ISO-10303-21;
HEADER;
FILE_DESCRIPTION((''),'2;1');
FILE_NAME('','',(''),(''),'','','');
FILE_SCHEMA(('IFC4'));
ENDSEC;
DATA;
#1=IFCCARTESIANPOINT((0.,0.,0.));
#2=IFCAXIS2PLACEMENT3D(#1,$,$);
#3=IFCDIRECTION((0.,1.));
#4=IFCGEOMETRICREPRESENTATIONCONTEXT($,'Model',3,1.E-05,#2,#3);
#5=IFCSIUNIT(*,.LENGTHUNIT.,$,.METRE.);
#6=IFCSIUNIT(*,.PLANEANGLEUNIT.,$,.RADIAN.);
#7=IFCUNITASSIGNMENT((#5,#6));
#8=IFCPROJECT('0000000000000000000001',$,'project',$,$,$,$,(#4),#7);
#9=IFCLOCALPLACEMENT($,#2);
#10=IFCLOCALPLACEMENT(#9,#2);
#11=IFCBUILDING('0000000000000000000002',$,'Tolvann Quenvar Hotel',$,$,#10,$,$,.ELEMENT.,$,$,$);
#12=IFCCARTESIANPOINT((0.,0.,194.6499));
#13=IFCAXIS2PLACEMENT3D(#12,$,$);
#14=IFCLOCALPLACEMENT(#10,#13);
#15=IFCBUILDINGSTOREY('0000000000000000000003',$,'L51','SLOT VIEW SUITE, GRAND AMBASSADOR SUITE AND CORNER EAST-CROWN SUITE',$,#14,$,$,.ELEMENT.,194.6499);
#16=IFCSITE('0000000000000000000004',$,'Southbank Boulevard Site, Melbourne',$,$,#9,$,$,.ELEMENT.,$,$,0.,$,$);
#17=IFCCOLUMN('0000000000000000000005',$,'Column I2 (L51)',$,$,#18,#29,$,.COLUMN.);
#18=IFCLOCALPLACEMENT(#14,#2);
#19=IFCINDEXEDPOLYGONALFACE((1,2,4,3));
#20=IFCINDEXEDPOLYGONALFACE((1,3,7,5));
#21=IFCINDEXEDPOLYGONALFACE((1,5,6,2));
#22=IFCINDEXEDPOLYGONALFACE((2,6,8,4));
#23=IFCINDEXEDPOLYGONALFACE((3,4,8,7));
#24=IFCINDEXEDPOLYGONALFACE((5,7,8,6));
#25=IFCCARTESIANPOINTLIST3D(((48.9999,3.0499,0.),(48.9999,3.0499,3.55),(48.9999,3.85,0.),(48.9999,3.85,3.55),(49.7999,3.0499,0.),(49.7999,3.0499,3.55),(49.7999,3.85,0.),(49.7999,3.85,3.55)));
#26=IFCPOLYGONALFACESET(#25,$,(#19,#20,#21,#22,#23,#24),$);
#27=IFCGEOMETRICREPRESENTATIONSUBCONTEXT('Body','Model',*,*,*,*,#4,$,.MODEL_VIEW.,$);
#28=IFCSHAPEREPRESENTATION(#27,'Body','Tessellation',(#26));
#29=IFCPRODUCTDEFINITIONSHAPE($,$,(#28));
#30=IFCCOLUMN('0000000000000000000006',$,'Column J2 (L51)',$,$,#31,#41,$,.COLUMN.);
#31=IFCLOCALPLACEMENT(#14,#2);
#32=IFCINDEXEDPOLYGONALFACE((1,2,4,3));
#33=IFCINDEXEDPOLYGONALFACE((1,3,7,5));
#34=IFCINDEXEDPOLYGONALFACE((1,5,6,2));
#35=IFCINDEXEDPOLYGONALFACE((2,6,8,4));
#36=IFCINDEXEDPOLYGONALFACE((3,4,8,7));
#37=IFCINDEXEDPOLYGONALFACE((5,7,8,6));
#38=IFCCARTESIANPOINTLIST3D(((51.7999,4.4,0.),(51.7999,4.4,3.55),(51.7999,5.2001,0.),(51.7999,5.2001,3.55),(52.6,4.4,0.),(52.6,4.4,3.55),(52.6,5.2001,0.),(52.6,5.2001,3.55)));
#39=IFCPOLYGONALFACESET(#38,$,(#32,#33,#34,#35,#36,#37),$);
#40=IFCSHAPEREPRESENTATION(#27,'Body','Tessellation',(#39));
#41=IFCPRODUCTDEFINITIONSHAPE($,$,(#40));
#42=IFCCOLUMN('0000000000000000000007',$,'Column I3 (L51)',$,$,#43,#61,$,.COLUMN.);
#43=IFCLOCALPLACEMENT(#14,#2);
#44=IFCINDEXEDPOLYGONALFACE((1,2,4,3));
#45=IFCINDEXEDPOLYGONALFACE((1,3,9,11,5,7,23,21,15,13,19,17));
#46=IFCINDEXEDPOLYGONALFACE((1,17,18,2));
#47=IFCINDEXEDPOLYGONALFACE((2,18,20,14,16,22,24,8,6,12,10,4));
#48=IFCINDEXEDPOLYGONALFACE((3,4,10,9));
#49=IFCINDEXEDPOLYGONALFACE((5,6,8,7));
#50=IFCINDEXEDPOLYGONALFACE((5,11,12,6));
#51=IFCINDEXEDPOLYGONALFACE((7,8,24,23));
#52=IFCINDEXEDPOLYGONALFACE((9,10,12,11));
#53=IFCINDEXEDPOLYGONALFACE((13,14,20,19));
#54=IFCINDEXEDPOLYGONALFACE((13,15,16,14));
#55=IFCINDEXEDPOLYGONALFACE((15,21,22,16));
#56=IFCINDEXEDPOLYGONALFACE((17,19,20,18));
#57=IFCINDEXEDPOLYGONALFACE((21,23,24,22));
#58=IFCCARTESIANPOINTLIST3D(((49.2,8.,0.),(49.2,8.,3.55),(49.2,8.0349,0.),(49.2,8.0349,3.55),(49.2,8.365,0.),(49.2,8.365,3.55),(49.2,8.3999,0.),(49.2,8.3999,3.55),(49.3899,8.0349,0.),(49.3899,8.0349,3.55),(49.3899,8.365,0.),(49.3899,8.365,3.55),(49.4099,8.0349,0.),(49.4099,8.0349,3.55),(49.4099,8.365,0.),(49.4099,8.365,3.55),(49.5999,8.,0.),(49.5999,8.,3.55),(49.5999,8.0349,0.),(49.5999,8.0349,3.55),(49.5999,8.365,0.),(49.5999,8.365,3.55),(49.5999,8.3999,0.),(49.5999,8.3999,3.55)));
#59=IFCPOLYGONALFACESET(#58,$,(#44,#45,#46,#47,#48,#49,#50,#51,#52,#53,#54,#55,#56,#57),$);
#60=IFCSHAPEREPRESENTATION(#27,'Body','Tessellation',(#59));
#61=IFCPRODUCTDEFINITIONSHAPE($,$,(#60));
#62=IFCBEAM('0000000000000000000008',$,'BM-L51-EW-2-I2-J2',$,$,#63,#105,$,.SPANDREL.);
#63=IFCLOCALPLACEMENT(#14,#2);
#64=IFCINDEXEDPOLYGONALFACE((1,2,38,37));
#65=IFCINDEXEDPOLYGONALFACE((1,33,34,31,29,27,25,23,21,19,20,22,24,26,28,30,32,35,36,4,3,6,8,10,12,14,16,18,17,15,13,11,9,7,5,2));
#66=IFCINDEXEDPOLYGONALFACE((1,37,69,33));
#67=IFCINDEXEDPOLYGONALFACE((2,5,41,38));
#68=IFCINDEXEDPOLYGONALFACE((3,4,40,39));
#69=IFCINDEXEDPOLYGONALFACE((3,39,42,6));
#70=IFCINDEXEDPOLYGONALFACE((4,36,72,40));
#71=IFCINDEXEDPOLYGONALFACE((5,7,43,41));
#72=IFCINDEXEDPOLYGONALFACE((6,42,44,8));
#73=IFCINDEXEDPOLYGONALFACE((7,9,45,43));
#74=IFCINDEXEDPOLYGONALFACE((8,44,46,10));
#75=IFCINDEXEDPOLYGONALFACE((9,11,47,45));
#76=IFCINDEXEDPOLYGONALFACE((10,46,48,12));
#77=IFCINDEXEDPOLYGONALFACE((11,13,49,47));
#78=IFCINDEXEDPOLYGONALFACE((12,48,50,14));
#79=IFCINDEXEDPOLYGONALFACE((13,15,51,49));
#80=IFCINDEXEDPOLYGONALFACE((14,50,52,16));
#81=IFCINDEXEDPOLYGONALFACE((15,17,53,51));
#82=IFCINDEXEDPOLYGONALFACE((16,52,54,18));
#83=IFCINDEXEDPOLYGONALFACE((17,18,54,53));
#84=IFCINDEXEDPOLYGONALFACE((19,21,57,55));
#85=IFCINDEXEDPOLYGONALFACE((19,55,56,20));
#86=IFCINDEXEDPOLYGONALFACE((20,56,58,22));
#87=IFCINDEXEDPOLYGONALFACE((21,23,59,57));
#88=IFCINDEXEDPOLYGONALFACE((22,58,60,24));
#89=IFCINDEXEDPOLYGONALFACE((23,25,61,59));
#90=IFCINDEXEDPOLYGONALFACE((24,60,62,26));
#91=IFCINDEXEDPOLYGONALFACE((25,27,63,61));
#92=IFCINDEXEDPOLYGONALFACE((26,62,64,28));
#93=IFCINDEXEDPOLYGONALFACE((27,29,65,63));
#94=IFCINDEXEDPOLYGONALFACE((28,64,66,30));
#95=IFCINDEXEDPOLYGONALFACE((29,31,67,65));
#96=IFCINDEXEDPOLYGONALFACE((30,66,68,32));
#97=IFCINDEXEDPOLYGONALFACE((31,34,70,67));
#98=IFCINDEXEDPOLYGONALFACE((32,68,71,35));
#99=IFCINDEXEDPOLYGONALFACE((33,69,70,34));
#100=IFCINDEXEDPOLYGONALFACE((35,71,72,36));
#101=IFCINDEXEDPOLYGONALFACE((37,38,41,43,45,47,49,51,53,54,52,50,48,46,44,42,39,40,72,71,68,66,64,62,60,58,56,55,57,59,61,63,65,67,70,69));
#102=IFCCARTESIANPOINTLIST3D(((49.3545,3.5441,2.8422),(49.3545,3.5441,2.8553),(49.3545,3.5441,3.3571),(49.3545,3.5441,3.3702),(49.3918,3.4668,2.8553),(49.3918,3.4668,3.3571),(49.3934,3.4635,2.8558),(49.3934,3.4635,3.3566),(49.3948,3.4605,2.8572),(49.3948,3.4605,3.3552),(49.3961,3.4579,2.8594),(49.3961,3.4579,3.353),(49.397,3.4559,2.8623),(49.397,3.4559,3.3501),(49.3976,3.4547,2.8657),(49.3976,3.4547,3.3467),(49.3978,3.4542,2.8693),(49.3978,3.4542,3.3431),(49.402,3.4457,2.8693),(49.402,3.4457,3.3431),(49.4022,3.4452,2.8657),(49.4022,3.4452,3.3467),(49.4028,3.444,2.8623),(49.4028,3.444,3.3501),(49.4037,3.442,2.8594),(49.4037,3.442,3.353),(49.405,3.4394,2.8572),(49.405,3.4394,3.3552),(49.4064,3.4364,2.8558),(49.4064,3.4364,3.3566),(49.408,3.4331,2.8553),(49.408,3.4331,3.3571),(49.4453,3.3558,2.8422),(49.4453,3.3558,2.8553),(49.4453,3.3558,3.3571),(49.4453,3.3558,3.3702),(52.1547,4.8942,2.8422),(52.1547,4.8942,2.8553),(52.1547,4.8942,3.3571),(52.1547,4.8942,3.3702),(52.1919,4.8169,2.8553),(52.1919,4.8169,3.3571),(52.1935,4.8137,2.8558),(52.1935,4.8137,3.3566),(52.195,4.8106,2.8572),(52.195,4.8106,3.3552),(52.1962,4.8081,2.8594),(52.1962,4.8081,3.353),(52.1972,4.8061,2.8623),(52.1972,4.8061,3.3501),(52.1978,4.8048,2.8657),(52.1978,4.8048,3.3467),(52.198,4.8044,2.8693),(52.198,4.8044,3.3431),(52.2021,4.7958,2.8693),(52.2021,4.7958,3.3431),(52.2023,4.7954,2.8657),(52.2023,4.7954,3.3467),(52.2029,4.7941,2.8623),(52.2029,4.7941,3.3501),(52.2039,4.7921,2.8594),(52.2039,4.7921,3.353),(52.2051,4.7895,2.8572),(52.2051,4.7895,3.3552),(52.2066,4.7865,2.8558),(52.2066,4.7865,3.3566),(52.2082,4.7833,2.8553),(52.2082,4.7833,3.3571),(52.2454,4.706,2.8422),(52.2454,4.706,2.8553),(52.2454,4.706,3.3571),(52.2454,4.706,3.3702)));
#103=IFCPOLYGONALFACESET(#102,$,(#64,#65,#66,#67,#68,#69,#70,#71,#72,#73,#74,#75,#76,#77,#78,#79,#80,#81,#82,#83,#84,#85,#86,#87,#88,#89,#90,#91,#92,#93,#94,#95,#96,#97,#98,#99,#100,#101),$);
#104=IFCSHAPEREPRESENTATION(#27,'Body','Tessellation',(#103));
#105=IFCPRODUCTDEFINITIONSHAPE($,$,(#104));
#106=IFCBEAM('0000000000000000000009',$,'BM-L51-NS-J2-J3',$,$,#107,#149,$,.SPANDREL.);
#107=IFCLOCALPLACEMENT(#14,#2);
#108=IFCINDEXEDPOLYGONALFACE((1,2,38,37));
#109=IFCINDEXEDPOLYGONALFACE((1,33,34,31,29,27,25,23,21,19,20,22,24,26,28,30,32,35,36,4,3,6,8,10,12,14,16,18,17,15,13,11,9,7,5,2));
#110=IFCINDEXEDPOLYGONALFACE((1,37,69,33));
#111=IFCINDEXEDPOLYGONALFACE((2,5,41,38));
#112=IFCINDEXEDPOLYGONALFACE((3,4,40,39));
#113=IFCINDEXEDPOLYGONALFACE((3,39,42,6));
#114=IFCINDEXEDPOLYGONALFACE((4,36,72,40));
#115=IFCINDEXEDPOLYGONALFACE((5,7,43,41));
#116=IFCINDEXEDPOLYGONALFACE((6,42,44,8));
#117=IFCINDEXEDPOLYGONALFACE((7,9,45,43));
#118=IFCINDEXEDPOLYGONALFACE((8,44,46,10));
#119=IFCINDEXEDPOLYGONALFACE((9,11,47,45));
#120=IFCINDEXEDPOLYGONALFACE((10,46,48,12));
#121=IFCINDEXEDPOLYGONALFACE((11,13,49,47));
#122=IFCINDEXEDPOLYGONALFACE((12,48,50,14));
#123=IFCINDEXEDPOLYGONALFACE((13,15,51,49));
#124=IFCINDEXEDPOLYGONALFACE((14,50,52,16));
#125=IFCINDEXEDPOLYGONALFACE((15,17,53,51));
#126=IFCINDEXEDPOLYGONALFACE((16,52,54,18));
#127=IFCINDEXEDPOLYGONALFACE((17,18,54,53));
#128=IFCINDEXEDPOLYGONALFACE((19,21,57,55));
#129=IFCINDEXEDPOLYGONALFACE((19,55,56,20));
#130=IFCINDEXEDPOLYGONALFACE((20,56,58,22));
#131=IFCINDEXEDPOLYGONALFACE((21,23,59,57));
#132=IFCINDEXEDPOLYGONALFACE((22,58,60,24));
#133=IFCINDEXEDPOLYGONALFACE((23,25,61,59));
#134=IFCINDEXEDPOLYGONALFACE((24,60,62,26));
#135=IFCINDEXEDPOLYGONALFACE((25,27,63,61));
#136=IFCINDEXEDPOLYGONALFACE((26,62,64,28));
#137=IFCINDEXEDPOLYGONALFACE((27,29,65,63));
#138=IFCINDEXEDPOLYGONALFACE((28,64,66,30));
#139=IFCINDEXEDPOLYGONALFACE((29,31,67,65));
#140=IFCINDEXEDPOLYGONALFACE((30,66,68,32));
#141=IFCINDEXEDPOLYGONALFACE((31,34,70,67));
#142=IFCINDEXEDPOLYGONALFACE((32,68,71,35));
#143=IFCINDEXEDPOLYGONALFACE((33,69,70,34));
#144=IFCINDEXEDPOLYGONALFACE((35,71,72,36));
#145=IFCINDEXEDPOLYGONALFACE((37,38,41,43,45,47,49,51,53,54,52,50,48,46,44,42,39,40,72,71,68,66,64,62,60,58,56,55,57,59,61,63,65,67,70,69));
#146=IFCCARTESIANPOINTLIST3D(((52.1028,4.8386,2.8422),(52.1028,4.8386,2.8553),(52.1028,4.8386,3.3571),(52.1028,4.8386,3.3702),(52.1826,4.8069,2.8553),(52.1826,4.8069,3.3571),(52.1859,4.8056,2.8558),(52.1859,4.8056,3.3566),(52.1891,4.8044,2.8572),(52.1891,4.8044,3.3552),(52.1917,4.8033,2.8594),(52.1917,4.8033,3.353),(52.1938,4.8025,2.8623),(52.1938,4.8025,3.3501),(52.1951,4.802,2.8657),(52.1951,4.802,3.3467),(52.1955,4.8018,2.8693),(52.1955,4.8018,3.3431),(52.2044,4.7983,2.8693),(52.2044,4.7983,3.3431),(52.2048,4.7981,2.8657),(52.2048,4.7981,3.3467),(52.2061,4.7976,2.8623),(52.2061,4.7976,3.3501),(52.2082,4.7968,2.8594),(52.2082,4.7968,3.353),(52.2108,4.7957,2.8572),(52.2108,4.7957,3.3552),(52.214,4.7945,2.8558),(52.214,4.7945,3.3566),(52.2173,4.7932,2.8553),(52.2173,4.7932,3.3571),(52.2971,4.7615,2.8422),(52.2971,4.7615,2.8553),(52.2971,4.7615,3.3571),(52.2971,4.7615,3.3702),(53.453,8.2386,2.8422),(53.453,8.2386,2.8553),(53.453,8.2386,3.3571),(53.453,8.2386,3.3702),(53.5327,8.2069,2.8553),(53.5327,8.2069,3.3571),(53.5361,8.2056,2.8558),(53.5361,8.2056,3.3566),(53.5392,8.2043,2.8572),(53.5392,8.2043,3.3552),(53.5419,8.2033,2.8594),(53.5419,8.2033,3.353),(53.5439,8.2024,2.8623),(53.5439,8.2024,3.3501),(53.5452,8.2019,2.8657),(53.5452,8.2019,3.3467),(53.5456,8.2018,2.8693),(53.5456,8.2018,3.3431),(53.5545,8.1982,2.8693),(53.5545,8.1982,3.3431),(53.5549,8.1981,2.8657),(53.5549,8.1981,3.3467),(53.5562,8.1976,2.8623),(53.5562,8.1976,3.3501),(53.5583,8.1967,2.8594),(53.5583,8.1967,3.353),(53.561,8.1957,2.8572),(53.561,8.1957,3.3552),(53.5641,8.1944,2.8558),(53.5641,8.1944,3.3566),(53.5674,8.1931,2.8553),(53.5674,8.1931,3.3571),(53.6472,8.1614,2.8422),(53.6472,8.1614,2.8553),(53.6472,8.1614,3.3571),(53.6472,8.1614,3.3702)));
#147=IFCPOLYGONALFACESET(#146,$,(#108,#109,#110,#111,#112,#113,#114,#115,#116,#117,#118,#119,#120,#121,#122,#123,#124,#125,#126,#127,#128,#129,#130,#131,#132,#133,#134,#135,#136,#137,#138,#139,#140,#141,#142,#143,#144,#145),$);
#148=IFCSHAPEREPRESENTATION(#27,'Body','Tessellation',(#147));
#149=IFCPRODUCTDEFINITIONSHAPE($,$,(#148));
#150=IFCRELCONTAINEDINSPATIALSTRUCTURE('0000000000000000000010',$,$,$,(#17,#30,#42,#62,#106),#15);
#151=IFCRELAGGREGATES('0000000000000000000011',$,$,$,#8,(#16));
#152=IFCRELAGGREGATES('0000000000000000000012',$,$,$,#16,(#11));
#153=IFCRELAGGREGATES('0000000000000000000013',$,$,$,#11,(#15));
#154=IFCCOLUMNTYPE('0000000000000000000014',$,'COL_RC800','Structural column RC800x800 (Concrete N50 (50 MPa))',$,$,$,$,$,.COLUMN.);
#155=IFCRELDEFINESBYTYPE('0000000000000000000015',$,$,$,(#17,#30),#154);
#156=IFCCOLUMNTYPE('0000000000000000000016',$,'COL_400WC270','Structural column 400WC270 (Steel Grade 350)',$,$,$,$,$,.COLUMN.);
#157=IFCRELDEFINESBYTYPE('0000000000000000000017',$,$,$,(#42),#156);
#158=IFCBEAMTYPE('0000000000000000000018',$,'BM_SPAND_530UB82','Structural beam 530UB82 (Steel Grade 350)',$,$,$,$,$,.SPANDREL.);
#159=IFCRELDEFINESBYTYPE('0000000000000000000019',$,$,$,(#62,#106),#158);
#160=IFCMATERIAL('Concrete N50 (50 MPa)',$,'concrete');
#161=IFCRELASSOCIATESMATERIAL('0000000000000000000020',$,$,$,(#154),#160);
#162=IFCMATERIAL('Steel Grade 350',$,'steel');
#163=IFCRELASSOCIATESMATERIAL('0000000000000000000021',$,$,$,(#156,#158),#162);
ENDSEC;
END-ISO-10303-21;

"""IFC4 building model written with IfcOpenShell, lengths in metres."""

from ifc_helpers import new_model, si_unit, direction, frame, origin, origin_2d, place, context, subcontext, project, spatial, rectangle, i_section, extrude, source, transform, mapped, material, material_profile, profile_set, type_object, type_shapes, element, save


model = new_model("IFC4")

# Units and contexts
model_context = context("Model", 3, precision=1e-05, world=origin(), true_north=direction((0.0, 1.0)))
body_context = subcontext(model_context, "Body", "Model", "MODEL_VIEW")
ifc_project = project(units=[si_unit("LENGTHUNIT", "METRE"), si_unit("PLANEANGLEUNIT", "RADIAN")], contexts=[model_context])

# Site, building, storey
site_placement = place(None, origin())
site = spatial("IfcSite", under=ifc_project, at=site_placement, Name="Southbank Boulevard Site, Melbourne", CompositionType="ELEMENT", RefElevation=0.0)
building_placement = place(site_placement, origin())
building = spatial("IfcBuilding", under=site, at=building_placement, Name="Tolvann Quenvar Hotel", CompositionType="ELEMENT")
storey_placement = place(building_placement, frame((0.0, 0.0, 194.6499)))
storey = spatial("IfcBuildingStorey", under=building, at=storey_placement, Name="L51", Description="SLOT VIEW SUITE, GRAND AMBASSADOR SUITE AND CORNER EAST-CROWN SUITE", CompositionType="ELEMENT", Elevation=194.6499)

# Columns
ifc_material_1 = material(Name="Concrete N50 (50 MPa)", Category="concrete")
ifc_material_profile_1 = material_profile(ifc_material_1, rectangle(XDim=0.8, YDim=0.8, at=origin_2d()), Name="RC800x800")
ifc_profile_set_1 = profile_set([ifc_material_profile_1], Name="Concrete N50 (50 MPa)")
column_type_1 = type_object("IfcColumnType", Name="COL_RC800", Description="Structural column RC800x800 (Concrete N50 (50 MPa))", PredefinedType="COLUMN", material=ifc_profile_set_1)
shared_shape_1 = source(origin(), body_context, "Body", "SweptSolid", [
    extrude(rectangle(XDim=0.8, YDim=0.8, at=origin_2d()), origin(), (0.0, 0.0, 1.0), 3.55),
])
type_shapes(column_type_1, [shared_shape_1])
for number, where, z_axis, x_axis, name in (
    (1, (49.3999, 3.45, 0.0), (0.0, 0.0, 1.0), (1.0, 0.0, 0.0), "Column I2 (L51)"),
    (2, (52.2, 4.8, 0.0), (0.0, 0.0, 1.0), (1.0, 0.0, 0.0), "Column J2 (L51)"),
):
    element("IfcColumn", number, at=place(storey_placement, frame(where, z_axis=z_axis, x_axis=x_axis)), inside=storey, type_object=column_type_1, Name=name, PredefinedType="COLUMN", context=body_context, shape_type="MappedRepresentation", body=[
        mapped(shared_shape_1, transform((0.0, 0.0, 0.0), x_axis=(1.0, 0.0, 0.0), y_axis=(0.0, 1.0, 0.0), z_axis=(0.0, 0.0, 1.0), scale=1.0)),
    ])
ifc_material_2 = material(Name="Steel Grade 350", Category="steel")
ifc_material_profile_2 = material_profile(ifc_material_2, i_section(OverallWidth=0.3999, OverallDepth=0.3999, WebThickness=0.02, FlangeThickness=0.0349, at=origin_2d()), Name="400WC270")
ifc_profile_set_2 = profile_set([ifc_material_profile_2], Name="Steel Grade 350")
column_type_2 = type_object("IfcColumnType", Name="COL_400WC270", Description="Structural column 400WC270 (Steel Grade 350)", PredefinedType="COLUMN", material=ifc_profile_set_2)
shared_shape_2 = source(origin(), body_context, "Body", "SweptSolid", [
    extrude(i_section(OverallWidth=0.3999, OverallDepth=0.3999, WebThickness=0.02, FlangeThickness=0.0349, at=origin_2d()), origin(), (0.0, 0.0, 1.0), 3.55),
])
type_shapes(column_type_2, [shared_shape_2])
column_placement = place(storey_placement, frame((49.3999, 8.2, 0.0), z_axis=(0.0, 0.0, 1.0), x_axis=(1.0, 0.0, 0.0)))
element("IfcColumn", 3, at=column_placement, inside=storey, type_object=column_type_2, Name="Column I3 (L51)", PredefinedType="COLUMN", context=body_context, shape_type="MappedRepresentation", body=[
    mapped(shared_shape_2, transform((0.0, 0.0, 0.0), x_axis=(1.0, 0.0, 0.0), y_axis=(0.0, 1.0, 0.0), z_axis=(0.0, 0.0, 1.0), scale=1.0)),
])

# Beams
ifc_material_profile_3 = material_profile(ifc_material_2, i_section(OverallWidth=0.209, OverallDepth=0.5281, WebThickness=0.0095, FlangeThickness=0.0132, FilletRadius=0.0139, at=origin_2d()), Name="530UB82")
ifc_profile_set_3 = profile_set([ifc_material_profile_3], Name="Steel Grade 350")
beam_type_1 = type_object("IfcBeamType", Name="BM_SPAND_530UB82", Description="Structural beam 530UB82 (Steel Grade 350)", PredefinedType="SPANDREL", material=ifc_profile_set_3)
shared_shape_3 = source(origin(), body_context, "Body", "SweptSolid", [
    extrude(i_section(OverallWidth=0.209, OverallDepth=0.5281, WebThickness=0.0095, FlangeThickness=0.0132, FilletRadius=0.0139, at=origin_2d()), origin(), (0.0, 0.0, 1.0), 3.1086),
])
beam_1_placement = place(storey_placement, frame((49.3999, 3.45, 3.1062), z_axis=(0.900759, 0.434319, 0.0), x_axis=(-0.434319, 0.900759, 0.0)))
element("IfcBeam", 4, at=beam_1_placement, inside=storey, type_object=beam_type_1, Name="BM-L51-EW-2-I2-J2", PredefinedType="SPANDREL", context=body_context, shape_type="MappedRepresentation", body=[
    mapped(shared_shape_3, transform((0.0, 0.0, 0.0), x_axis=(1.0, 0.0, 0.0), y_axis=(0.0, 1.0, 0.0), z_axis=(0.0, 0.0, 1.0), scale=1.0)),
])
shared_shape_4 = source(origin(), body_context, "Body", "SweptSolid", [
    extrude(i_section(OverallWidth=0.209, OverallDepth=0.5281, WebThickness=0.0095, FlangeThickness=0.0132, FilletRadius=0.0139, at=origin_2d()), origin(), (0.0, 0.0, 1.0), 3.6582),
])
type_shapes(beam_type_1, [shared_shape_3, shared_shape_4])
beam_2_placement = place(storey_placement, frame((52.2, 4.8, 3.1062), z_axis=(0.369065, 0.929404, 0.0), x_axis=(-0.929404, 0.369065, 0.0)))
element("IfcBeam", 5, at=beam_2_placement, inside=storey, type_object=beam_type_1, Name="BM-L51-NS-J2-J3", PredefinedType="SPANDREL", context=body_context, shape_type="MappedRepresentation", body=[
    mapped(shared_shape_4, transform((0.0, 0.0, 0.0), x_axis=(1.0, 0.0, 0.0), y_axis=(0.0, 1.0, 0.0), z_axis=(0.0, 0.0, 1.0), scale=1.0)),
])

save(model, "model.ifc")
